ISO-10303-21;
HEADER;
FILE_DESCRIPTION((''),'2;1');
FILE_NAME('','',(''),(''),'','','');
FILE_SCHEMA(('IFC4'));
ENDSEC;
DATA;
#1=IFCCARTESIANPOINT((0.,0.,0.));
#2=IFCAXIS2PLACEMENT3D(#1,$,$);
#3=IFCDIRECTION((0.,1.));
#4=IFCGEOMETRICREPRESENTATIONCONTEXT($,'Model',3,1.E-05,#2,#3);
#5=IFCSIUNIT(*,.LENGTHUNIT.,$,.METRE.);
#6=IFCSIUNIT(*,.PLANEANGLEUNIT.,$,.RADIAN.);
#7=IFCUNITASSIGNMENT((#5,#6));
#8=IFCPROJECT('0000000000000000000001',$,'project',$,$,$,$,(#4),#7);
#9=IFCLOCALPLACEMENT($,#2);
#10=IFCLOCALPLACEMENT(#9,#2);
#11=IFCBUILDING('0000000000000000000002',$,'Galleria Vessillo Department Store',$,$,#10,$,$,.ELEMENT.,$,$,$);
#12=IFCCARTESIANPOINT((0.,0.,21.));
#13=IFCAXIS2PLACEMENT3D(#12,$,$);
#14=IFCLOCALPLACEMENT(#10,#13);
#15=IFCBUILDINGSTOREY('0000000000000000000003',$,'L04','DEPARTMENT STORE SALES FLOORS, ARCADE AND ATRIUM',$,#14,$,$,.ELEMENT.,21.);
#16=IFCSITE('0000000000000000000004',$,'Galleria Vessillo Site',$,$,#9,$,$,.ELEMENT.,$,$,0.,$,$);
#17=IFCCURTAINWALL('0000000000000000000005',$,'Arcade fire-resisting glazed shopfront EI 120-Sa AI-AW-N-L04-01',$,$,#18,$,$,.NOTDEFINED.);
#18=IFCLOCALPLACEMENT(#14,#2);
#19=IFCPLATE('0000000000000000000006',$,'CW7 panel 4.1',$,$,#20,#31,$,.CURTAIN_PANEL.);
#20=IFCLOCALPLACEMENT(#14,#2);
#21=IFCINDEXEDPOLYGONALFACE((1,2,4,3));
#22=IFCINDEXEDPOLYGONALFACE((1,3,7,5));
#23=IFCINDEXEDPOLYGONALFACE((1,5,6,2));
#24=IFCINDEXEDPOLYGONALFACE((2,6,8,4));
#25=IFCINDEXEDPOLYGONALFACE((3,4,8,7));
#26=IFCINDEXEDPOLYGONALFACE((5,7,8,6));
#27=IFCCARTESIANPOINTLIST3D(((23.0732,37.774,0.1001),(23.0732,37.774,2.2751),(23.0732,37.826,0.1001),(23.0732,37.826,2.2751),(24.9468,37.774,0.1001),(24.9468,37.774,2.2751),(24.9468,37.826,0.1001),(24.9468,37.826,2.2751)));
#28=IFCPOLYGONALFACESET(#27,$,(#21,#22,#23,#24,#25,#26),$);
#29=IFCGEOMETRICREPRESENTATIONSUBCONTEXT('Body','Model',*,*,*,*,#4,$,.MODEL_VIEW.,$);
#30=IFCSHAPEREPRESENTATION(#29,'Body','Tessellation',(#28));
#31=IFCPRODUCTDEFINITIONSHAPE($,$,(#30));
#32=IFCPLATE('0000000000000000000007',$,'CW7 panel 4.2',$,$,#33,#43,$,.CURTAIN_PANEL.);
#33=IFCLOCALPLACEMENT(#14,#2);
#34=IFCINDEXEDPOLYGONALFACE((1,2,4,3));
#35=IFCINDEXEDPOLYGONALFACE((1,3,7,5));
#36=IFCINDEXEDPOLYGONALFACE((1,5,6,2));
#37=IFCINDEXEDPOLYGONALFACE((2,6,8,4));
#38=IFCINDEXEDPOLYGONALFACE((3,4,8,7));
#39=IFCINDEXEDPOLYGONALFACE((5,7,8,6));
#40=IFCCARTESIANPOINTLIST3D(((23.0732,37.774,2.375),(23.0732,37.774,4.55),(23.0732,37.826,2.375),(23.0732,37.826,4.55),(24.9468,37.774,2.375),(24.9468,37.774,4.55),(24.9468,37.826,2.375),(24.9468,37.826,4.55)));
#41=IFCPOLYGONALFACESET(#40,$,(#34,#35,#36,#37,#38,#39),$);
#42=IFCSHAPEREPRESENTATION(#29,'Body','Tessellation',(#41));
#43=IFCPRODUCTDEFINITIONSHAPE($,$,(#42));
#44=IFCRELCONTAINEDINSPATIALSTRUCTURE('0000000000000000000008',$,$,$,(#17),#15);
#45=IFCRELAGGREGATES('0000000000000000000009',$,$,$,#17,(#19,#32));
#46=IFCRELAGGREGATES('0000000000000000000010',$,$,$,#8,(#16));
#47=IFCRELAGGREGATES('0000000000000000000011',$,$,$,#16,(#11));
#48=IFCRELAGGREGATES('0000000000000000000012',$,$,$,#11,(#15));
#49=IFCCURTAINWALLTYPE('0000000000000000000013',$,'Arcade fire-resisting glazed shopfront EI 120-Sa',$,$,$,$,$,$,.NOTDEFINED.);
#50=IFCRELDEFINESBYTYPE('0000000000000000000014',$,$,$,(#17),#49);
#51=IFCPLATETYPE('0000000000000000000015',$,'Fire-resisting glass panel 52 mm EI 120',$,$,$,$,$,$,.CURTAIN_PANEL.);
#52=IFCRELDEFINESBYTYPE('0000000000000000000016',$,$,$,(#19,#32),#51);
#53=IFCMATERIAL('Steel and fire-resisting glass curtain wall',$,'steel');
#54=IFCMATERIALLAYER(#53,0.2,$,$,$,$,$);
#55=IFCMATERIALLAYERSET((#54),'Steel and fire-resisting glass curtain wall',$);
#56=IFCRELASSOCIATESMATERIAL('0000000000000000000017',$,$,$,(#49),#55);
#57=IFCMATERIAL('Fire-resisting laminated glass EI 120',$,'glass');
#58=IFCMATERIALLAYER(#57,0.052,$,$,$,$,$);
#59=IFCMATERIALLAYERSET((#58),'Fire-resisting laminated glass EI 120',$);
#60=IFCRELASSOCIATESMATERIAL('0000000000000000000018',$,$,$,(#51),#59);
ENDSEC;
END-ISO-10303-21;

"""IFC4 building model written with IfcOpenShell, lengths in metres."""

from ifc_helpers import new_model, si_unit, direction, frame, origin, origin_2d, place, context, subcontext, project, spatial, rectangle, extrude, material, layer, layer_set, type_object, element, aggregate, save


model = new_model("IFC4")

# Units and contexts
model_context = context("Model", 3, precision=1e-05, world=origin(), true_north=direction((0.0, 1.0)))
body_context = subcontext(model_context, "Body", "Model", "MODEL_VIEW")
ifc_project = project(units=[si_unit("LENGTHUNIT", "METRE"), si_unit("PLANEANGLEUNIT", "RADIAN")], contexts=[model_context])

# Site, building, storey
site_placement = place(None, origin())
site = spatial("IfcSite", under=ifc_project, at=site_placement, Name="Galleria Vessillo Site", CompositionType="ELEMENT", RefElevation=0.0)
building_placement = place(site_placement, origin())
building = spatial("IfcBuilding", under=site, at=building_placement, Name="Galleria Vessillo Department Store", CompositionType="ELEMENT")
storey_placement = place(building_placement, frame((0.0, 0.0, 21.0)))
storey = spatial("IfcBuildingStorey", under=building, at=storey_placement, Name="L04", Description="DEPARTMENT STORE SALES FLOORS, ARCADE AND ATRIUM", CompositionType="ELEMENT", Elevation=21.0)

# Curtain wall
ifc_material_1 = material(Name="Steel and fire-resisting glass curtain wall", Category="steel")
ifc_layer_1 = layer(ifc_material_1, 0.2)
ifc_layer_set_1 = layer_set([ifc_layer_1], Name="Steel and fire-resisting glass curtain wall")
curtain_wall_type = type_object("IfcCurtainWallType", Name="Arcade fire-resisting glazed shopfront EI 120-Sa", PredefinedType="NOTDEFINED", material=ifc_layer_set_1)
curtain_wall_placement = place(storey_placement, origin())
curtain_wall = element("IfcCurtainWall", 1, at=curtain_wall_placement, inside=storey, type_object=curtain_wall_type, Name="Arcade fire-resisting glazed shopfront EI 120-Sa AI-AW-N-L04-01", PredefinedType="NOTDEFINED")

# Plates
ifc_material_2 = material(Name="Fire-resisting laminated glass EI 120", Category="glass")
ifc_layer_2 = layer(ifc_material_2, 0.052)
ifc_layer_set_2 = layer_set([ifc_layer_2], Name="Fire-resisting laminated glass EI 120")
plate_type = type_object("IfcPlateType", Name="Fire-resisting glass panel 52 mm EI 120", PredefinedType="CURTAIN_PANEL", material=ifc_layer_set_2)
plate_1_placement = place(storey_placement, frame((24.01, 37.8, 0.1001), z_axis=(0.0, 0.0, 1.0), x_axis=(1.0, 0.0, 0.0)))
plate_1 = element("IfcPlate", 2, at=plate_1_placement, type_object=plate_type, Name="CW7 panel 4.1", PredefinedType="CURTAIN_PANEL", context=body_context, shape_type="SweptSolid", body=[
    extrude(rectangle(XDim=1.8735, YDim=0.052, at=origin_2d()), origin(), (0.0, 0.0, 1.0), 2.175),
])
plate_2_placement = place(storey_placement, frame((24.01, 37.8, 2.375), z_axis=(0.0, 0.0, 1.0), x_axis=(1.0, 0.0, 0.0)))
plate_2 = element("IfcPlate", 3, at=plate_2_placement, type_object=plate_type, Name="CW7 panel 4.2", PredefinedType="CURTAIN_PANEL", context=body_context, shape_type="SweptSolid", body=[
    extrude(rectangle(XDim=1.8735, YDim=0.052, at=origin_2d()), origin(), (0.0, 0.0, 1.0), 2.175),
])
aggregate(curtain_wall, [plate_1, plate_2])

save(model, "model.ifc")
